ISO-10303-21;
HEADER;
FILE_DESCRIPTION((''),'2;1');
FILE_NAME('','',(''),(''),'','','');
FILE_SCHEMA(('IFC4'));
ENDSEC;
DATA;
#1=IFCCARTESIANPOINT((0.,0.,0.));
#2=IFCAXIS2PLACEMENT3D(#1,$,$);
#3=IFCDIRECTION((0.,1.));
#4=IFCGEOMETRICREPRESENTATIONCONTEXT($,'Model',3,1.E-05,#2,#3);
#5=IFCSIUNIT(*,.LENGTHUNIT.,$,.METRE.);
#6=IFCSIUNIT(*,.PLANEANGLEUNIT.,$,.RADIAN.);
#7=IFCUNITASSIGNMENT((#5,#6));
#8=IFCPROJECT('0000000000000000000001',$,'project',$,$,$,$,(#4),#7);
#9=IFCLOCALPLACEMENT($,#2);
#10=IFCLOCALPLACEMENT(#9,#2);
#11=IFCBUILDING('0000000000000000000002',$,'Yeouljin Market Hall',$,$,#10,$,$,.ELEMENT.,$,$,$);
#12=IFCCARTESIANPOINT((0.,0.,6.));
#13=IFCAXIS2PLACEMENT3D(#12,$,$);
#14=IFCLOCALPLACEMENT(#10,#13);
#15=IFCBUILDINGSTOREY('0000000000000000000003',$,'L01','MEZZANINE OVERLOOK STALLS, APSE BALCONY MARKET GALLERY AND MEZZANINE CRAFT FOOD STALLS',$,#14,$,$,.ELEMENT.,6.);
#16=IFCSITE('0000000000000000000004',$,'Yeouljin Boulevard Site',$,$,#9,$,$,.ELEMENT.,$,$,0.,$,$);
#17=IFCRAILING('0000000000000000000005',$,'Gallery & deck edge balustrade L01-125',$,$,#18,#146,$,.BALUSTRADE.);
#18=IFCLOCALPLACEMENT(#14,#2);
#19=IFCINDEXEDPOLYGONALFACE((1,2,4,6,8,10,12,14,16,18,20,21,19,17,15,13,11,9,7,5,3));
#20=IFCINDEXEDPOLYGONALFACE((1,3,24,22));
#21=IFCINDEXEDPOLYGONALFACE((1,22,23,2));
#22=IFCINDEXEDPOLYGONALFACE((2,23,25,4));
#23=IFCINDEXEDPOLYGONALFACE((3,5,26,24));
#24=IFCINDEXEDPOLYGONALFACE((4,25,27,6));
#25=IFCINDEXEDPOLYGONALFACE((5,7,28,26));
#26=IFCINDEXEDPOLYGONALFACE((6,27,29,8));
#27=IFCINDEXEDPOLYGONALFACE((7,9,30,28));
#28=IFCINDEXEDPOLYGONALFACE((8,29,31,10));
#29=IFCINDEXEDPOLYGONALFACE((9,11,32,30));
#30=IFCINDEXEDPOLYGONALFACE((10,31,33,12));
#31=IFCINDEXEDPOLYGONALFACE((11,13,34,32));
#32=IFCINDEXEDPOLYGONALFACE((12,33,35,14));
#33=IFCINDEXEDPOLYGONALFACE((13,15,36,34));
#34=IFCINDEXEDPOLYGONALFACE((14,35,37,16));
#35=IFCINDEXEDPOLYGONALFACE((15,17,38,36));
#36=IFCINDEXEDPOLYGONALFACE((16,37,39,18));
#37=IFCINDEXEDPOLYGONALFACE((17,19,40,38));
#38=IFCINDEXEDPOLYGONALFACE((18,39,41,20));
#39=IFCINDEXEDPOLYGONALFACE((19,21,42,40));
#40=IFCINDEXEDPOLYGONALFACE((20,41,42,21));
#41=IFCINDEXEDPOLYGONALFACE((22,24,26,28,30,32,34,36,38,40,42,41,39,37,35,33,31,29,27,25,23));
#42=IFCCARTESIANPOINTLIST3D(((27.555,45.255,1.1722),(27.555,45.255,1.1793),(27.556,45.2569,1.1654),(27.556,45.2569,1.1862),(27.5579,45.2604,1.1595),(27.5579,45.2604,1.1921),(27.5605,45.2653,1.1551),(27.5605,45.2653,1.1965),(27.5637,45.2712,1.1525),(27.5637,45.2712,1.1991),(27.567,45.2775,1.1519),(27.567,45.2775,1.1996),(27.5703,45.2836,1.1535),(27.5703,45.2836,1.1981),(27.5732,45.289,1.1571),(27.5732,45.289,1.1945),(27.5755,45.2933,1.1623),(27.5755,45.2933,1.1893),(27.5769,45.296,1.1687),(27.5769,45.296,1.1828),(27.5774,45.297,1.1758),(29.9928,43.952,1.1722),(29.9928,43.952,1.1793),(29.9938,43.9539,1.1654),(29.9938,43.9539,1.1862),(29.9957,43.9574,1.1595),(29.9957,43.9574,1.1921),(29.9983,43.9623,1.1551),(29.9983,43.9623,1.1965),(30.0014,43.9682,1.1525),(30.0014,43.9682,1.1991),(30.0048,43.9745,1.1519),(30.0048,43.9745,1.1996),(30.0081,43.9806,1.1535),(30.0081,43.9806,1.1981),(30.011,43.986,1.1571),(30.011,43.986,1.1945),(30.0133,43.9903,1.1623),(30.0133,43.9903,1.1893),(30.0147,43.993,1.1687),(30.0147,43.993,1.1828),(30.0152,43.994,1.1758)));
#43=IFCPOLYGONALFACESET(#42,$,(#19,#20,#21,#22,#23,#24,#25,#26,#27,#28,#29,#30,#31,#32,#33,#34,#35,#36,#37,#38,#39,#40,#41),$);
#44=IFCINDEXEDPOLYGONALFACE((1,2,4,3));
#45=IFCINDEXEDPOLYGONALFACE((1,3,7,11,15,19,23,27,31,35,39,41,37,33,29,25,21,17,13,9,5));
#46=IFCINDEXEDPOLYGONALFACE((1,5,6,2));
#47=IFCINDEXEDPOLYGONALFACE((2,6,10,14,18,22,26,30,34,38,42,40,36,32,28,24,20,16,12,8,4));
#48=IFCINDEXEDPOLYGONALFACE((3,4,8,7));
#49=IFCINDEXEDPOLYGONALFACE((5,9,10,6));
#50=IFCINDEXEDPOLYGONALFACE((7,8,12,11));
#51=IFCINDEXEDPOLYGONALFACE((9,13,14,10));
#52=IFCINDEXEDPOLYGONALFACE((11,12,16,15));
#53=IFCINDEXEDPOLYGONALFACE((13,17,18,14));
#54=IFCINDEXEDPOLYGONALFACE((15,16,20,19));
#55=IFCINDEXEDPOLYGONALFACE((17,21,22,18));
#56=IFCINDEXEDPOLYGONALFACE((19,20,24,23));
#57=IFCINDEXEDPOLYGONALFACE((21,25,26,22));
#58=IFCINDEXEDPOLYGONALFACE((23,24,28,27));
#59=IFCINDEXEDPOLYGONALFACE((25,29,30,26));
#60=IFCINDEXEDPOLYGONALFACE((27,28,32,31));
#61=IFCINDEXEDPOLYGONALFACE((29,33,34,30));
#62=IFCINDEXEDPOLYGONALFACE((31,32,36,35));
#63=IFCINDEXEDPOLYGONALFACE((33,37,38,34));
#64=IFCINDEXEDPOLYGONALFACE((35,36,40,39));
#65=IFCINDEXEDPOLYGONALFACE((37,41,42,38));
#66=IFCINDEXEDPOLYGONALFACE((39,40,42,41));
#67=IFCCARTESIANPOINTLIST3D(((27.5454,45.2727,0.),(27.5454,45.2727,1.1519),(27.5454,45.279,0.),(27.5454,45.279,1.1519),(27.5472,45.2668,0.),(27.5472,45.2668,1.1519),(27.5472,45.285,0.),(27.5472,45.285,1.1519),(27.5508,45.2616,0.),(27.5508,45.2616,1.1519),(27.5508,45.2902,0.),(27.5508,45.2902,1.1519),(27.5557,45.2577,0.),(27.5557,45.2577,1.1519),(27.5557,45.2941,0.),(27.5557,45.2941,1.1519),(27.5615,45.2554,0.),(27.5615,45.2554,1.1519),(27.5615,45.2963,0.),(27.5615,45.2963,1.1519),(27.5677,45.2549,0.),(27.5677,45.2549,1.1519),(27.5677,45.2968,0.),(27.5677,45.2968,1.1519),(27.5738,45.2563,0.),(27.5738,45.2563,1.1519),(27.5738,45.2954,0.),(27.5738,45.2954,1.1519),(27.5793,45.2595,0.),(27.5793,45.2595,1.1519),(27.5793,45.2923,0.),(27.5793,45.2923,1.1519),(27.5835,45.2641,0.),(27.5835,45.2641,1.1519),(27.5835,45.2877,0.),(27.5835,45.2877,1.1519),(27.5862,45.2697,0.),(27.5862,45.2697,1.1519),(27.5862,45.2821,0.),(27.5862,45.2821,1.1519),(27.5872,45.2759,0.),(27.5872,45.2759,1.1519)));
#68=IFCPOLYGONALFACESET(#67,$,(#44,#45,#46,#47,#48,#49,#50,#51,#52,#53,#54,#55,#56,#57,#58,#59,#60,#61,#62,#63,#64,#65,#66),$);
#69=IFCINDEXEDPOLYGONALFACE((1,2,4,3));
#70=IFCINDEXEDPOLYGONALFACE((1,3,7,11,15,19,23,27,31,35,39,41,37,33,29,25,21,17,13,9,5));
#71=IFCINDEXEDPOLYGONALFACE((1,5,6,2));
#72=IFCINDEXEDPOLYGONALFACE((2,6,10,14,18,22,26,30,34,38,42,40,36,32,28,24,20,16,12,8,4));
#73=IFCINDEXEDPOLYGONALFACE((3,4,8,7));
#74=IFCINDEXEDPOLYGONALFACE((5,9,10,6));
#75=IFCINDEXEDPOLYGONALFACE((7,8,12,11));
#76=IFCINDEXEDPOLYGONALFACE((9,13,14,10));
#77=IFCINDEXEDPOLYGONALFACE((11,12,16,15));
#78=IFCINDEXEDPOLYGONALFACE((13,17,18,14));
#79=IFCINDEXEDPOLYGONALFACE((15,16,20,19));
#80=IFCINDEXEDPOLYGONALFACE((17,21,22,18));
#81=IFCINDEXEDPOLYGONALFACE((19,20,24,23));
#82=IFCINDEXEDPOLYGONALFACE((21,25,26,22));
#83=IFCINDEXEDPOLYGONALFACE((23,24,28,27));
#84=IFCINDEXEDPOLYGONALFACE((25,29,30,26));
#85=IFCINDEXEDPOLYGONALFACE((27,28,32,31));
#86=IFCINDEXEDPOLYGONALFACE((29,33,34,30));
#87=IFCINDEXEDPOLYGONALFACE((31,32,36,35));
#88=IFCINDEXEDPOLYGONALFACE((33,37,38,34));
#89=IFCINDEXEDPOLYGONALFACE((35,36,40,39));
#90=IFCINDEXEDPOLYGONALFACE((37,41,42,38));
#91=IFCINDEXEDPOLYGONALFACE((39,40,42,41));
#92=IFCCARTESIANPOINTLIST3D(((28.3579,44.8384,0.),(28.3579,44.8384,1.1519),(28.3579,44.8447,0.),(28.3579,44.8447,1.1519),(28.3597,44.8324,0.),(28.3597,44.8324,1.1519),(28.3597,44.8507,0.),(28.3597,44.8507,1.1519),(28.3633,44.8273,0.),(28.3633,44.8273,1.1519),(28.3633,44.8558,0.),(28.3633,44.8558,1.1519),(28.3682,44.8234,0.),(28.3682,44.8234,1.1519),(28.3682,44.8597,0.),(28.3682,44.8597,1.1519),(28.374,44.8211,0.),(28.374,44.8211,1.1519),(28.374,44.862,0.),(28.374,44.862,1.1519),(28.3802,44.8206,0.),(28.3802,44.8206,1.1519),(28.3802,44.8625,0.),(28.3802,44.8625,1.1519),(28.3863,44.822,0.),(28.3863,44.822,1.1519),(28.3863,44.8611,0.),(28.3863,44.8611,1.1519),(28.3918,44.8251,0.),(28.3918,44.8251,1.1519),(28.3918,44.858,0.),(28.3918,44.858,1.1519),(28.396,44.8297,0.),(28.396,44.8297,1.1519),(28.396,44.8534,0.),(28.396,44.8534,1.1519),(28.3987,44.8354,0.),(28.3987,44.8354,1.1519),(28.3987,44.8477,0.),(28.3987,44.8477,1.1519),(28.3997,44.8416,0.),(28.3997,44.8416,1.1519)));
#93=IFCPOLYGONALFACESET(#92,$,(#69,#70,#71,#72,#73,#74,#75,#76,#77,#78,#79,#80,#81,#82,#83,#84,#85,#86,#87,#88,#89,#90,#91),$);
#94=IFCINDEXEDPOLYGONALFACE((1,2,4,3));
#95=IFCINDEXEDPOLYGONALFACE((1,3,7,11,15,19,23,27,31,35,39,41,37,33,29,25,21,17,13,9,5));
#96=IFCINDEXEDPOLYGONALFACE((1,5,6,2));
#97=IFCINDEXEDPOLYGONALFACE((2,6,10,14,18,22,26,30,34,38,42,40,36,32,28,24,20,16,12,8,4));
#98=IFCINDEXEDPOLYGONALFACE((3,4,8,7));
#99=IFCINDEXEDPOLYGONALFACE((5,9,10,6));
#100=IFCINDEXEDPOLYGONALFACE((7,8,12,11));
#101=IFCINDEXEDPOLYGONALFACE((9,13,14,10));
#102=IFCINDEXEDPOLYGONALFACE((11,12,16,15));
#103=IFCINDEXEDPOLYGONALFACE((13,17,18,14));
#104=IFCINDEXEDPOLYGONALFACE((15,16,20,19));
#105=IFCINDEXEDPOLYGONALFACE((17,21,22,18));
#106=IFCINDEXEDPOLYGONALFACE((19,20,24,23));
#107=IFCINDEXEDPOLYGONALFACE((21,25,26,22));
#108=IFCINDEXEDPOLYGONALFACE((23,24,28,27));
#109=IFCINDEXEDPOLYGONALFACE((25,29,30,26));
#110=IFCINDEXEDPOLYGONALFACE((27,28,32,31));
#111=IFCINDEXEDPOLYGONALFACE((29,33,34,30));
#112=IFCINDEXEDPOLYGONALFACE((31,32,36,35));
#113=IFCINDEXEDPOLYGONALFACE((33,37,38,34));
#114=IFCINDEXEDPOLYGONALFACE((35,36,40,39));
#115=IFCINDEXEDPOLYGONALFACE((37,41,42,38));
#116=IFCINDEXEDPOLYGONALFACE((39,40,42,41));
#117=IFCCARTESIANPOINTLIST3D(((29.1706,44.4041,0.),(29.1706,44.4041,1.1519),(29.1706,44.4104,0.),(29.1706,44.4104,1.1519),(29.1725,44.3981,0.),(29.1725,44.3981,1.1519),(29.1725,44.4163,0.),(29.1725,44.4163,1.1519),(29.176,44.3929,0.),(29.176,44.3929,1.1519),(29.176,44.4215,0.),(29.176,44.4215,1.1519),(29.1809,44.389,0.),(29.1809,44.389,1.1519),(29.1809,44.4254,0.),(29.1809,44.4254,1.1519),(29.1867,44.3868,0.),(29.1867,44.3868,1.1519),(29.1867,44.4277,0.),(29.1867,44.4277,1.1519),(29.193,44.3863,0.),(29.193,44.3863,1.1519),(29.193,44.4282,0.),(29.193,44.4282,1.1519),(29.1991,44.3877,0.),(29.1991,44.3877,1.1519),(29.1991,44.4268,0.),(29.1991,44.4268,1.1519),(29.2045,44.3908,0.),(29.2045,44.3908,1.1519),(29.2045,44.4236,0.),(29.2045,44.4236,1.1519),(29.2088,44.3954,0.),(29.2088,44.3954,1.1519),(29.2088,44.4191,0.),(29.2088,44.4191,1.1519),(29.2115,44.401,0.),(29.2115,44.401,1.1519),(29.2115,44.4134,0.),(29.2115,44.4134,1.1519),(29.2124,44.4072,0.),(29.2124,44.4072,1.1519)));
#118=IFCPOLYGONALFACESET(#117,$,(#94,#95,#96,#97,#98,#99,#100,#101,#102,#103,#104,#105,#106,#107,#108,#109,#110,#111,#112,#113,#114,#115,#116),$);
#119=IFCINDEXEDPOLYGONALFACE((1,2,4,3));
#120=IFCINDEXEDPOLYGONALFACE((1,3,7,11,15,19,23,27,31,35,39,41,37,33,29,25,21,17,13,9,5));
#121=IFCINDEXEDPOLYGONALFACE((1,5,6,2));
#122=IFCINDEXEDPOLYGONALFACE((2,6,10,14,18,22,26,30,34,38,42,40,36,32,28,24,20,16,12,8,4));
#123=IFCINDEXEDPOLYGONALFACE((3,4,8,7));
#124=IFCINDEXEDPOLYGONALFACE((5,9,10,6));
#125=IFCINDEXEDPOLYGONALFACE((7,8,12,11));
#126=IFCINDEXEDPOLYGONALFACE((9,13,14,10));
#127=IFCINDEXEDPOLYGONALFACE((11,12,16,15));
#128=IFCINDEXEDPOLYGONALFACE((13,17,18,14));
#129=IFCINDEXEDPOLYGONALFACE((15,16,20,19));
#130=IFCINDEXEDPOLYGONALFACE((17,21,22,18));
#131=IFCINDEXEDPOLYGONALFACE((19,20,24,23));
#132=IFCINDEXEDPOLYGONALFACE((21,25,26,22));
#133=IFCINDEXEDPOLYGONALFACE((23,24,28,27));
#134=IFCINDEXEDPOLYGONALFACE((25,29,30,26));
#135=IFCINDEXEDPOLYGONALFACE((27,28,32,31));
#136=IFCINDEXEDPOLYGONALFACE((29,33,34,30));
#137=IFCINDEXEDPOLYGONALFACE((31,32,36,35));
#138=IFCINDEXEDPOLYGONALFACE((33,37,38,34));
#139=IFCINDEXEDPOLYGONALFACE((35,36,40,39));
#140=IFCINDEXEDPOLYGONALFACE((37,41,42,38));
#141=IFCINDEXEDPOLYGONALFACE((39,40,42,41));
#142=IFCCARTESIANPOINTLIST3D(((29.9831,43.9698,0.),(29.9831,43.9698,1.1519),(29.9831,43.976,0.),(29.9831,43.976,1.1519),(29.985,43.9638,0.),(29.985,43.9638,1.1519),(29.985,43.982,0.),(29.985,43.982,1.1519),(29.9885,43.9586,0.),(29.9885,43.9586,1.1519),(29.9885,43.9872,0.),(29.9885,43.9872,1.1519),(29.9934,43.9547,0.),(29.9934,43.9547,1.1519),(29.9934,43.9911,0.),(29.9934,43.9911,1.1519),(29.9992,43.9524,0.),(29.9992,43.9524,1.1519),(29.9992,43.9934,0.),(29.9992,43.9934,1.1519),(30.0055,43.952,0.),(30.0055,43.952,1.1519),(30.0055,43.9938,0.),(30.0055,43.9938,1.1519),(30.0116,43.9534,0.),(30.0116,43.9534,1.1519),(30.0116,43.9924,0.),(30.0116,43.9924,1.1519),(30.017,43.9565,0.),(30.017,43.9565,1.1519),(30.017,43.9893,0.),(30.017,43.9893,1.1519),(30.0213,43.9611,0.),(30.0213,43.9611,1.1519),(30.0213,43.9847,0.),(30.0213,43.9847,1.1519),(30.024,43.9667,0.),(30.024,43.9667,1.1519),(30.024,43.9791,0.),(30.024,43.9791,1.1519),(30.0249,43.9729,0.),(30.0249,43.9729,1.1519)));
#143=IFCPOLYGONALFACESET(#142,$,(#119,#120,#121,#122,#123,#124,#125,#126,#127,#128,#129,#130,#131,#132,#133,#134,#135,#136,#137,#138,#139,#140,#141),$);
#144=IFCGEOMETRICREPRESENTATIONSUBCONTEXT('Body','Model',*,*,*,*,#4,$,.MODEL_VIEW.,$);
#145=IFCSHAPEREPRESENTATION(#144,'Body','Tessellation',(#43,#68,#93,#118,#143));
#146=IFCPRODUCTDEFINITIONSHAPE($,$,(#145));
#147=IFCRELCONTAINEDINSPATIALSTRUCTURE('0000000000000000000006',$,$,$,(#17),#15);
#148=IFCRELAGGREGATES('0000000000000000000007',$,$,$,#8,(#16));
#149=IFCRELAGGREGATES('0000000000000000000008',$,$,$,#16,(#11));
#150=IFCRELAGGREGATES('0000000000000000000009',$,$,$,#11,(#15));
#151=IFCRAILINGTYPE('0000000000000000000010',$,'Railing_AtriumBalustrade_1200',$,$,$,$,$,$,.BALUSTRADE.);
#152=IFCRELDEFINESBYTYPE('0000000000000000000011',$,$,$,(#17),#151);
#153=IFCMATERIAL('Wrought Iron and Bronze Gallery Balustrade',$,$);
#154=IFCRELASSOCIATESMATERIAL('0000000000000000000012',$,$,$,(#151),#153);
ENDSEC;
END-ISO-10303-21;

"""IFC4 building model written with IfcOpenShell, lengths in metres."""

from ifc_helpers import new_model, si_unit, direction, frame, origin, origin_2d, place, context, subcontext, project, spatial, circle, extrude, material, type_object, element, save


model = new_model("IFC4")

# Units and contexts
model_context = context("Model", 3, precision=1e-05, world=origin(), true_north=direction((0.0, 1.0)))
body_context = subcontext(model_context, "Body", "Model", "MODEL_VIEW")
ifc_project = project(units=[si_unit("LENGTHUNIT", "METRE"), si_unit("PLANEANGLEUNIT", "RADIAN")], contexts=[model_context])

# Site, building, storey
site_placement = place(None, origin())
site = spatial("IfcSite", under=ifc_project, at=site_placement, Name="Yeouljin Boulevard Site", CompositionType="ELEMENT", RefElevation=0.0)
building_placement = place(site_placement, origin())
building = spatial("IfcBuilding", under=site, at=building_placement, Name="Yeouljin Market Hall", CompositionType="ELEMENT")
storey_placement = place(building_placement, frame((0.0, 0.0, 6.0)))
storey = spatial("IfcBuildingStorey", under=building, at=storey_placement, Name="L01", Description="MEZZANINE OVERLOOK STALLS, APSE BALCONY MARKET GALLERY AND MEZZANINE CRAFT FOOD STALLS", CompositionType="ELEMENT", Elevation=6.0)

# Railing
ifc_material_1 = material(Name="Wrought Iron and Bronze Gallery Balustrade")
railing_type = type_object("IfcRailingType", Name="Railing_AtriumBalustrade_1200", PredefinedType="BALUSTRADE", material=ifc_material_1)
railing_1_placement = place(storey_placement, frame((27.5662, 45.2759, 0.0)))
element("IfcRailing", 1, at=railing_1_placement, inside=storey, type_object=railing_type, Name="Gallery & deck edge balustrade L01-125", PredefinedType="BALUSTRADE", context=body_context, shape_type="SweptSolid", body=[
    extrude(circle(Radius=0.0239, at=origin_2d()), frame((0.0, 0.0, 1.1758), z_axis=(0.881925, -0.47139, 0.0), x_axis=(0.47139, 0.881925, 0.0)), (0.0, 0.0, 1.0), 2.7642),
    extrude(circle(Radius=0.021, at=origin_2d()), origin(), (0.0, 0.0, 1.0), 1.1519),
    extrude(circle(Radius=0.021, at=origin_2d()), frame((0.8125, -0.4343, 0.0)), (0.0, 0.0, 1.0), 1.1519),
    extrude(circle(Radius=0.021, at=origin_2d()), frame((1.6252, -0.8687, 0.0)), (0.0, 0.0, 1.0), 1.1519),
    extrude(circle(Radius=0.021, at=origin_2d()), frame((2.4377, -1.303, 0.0)), (0.0, 0.0, 1.0), 1.1519),
])

save(model, "model.ifc")
